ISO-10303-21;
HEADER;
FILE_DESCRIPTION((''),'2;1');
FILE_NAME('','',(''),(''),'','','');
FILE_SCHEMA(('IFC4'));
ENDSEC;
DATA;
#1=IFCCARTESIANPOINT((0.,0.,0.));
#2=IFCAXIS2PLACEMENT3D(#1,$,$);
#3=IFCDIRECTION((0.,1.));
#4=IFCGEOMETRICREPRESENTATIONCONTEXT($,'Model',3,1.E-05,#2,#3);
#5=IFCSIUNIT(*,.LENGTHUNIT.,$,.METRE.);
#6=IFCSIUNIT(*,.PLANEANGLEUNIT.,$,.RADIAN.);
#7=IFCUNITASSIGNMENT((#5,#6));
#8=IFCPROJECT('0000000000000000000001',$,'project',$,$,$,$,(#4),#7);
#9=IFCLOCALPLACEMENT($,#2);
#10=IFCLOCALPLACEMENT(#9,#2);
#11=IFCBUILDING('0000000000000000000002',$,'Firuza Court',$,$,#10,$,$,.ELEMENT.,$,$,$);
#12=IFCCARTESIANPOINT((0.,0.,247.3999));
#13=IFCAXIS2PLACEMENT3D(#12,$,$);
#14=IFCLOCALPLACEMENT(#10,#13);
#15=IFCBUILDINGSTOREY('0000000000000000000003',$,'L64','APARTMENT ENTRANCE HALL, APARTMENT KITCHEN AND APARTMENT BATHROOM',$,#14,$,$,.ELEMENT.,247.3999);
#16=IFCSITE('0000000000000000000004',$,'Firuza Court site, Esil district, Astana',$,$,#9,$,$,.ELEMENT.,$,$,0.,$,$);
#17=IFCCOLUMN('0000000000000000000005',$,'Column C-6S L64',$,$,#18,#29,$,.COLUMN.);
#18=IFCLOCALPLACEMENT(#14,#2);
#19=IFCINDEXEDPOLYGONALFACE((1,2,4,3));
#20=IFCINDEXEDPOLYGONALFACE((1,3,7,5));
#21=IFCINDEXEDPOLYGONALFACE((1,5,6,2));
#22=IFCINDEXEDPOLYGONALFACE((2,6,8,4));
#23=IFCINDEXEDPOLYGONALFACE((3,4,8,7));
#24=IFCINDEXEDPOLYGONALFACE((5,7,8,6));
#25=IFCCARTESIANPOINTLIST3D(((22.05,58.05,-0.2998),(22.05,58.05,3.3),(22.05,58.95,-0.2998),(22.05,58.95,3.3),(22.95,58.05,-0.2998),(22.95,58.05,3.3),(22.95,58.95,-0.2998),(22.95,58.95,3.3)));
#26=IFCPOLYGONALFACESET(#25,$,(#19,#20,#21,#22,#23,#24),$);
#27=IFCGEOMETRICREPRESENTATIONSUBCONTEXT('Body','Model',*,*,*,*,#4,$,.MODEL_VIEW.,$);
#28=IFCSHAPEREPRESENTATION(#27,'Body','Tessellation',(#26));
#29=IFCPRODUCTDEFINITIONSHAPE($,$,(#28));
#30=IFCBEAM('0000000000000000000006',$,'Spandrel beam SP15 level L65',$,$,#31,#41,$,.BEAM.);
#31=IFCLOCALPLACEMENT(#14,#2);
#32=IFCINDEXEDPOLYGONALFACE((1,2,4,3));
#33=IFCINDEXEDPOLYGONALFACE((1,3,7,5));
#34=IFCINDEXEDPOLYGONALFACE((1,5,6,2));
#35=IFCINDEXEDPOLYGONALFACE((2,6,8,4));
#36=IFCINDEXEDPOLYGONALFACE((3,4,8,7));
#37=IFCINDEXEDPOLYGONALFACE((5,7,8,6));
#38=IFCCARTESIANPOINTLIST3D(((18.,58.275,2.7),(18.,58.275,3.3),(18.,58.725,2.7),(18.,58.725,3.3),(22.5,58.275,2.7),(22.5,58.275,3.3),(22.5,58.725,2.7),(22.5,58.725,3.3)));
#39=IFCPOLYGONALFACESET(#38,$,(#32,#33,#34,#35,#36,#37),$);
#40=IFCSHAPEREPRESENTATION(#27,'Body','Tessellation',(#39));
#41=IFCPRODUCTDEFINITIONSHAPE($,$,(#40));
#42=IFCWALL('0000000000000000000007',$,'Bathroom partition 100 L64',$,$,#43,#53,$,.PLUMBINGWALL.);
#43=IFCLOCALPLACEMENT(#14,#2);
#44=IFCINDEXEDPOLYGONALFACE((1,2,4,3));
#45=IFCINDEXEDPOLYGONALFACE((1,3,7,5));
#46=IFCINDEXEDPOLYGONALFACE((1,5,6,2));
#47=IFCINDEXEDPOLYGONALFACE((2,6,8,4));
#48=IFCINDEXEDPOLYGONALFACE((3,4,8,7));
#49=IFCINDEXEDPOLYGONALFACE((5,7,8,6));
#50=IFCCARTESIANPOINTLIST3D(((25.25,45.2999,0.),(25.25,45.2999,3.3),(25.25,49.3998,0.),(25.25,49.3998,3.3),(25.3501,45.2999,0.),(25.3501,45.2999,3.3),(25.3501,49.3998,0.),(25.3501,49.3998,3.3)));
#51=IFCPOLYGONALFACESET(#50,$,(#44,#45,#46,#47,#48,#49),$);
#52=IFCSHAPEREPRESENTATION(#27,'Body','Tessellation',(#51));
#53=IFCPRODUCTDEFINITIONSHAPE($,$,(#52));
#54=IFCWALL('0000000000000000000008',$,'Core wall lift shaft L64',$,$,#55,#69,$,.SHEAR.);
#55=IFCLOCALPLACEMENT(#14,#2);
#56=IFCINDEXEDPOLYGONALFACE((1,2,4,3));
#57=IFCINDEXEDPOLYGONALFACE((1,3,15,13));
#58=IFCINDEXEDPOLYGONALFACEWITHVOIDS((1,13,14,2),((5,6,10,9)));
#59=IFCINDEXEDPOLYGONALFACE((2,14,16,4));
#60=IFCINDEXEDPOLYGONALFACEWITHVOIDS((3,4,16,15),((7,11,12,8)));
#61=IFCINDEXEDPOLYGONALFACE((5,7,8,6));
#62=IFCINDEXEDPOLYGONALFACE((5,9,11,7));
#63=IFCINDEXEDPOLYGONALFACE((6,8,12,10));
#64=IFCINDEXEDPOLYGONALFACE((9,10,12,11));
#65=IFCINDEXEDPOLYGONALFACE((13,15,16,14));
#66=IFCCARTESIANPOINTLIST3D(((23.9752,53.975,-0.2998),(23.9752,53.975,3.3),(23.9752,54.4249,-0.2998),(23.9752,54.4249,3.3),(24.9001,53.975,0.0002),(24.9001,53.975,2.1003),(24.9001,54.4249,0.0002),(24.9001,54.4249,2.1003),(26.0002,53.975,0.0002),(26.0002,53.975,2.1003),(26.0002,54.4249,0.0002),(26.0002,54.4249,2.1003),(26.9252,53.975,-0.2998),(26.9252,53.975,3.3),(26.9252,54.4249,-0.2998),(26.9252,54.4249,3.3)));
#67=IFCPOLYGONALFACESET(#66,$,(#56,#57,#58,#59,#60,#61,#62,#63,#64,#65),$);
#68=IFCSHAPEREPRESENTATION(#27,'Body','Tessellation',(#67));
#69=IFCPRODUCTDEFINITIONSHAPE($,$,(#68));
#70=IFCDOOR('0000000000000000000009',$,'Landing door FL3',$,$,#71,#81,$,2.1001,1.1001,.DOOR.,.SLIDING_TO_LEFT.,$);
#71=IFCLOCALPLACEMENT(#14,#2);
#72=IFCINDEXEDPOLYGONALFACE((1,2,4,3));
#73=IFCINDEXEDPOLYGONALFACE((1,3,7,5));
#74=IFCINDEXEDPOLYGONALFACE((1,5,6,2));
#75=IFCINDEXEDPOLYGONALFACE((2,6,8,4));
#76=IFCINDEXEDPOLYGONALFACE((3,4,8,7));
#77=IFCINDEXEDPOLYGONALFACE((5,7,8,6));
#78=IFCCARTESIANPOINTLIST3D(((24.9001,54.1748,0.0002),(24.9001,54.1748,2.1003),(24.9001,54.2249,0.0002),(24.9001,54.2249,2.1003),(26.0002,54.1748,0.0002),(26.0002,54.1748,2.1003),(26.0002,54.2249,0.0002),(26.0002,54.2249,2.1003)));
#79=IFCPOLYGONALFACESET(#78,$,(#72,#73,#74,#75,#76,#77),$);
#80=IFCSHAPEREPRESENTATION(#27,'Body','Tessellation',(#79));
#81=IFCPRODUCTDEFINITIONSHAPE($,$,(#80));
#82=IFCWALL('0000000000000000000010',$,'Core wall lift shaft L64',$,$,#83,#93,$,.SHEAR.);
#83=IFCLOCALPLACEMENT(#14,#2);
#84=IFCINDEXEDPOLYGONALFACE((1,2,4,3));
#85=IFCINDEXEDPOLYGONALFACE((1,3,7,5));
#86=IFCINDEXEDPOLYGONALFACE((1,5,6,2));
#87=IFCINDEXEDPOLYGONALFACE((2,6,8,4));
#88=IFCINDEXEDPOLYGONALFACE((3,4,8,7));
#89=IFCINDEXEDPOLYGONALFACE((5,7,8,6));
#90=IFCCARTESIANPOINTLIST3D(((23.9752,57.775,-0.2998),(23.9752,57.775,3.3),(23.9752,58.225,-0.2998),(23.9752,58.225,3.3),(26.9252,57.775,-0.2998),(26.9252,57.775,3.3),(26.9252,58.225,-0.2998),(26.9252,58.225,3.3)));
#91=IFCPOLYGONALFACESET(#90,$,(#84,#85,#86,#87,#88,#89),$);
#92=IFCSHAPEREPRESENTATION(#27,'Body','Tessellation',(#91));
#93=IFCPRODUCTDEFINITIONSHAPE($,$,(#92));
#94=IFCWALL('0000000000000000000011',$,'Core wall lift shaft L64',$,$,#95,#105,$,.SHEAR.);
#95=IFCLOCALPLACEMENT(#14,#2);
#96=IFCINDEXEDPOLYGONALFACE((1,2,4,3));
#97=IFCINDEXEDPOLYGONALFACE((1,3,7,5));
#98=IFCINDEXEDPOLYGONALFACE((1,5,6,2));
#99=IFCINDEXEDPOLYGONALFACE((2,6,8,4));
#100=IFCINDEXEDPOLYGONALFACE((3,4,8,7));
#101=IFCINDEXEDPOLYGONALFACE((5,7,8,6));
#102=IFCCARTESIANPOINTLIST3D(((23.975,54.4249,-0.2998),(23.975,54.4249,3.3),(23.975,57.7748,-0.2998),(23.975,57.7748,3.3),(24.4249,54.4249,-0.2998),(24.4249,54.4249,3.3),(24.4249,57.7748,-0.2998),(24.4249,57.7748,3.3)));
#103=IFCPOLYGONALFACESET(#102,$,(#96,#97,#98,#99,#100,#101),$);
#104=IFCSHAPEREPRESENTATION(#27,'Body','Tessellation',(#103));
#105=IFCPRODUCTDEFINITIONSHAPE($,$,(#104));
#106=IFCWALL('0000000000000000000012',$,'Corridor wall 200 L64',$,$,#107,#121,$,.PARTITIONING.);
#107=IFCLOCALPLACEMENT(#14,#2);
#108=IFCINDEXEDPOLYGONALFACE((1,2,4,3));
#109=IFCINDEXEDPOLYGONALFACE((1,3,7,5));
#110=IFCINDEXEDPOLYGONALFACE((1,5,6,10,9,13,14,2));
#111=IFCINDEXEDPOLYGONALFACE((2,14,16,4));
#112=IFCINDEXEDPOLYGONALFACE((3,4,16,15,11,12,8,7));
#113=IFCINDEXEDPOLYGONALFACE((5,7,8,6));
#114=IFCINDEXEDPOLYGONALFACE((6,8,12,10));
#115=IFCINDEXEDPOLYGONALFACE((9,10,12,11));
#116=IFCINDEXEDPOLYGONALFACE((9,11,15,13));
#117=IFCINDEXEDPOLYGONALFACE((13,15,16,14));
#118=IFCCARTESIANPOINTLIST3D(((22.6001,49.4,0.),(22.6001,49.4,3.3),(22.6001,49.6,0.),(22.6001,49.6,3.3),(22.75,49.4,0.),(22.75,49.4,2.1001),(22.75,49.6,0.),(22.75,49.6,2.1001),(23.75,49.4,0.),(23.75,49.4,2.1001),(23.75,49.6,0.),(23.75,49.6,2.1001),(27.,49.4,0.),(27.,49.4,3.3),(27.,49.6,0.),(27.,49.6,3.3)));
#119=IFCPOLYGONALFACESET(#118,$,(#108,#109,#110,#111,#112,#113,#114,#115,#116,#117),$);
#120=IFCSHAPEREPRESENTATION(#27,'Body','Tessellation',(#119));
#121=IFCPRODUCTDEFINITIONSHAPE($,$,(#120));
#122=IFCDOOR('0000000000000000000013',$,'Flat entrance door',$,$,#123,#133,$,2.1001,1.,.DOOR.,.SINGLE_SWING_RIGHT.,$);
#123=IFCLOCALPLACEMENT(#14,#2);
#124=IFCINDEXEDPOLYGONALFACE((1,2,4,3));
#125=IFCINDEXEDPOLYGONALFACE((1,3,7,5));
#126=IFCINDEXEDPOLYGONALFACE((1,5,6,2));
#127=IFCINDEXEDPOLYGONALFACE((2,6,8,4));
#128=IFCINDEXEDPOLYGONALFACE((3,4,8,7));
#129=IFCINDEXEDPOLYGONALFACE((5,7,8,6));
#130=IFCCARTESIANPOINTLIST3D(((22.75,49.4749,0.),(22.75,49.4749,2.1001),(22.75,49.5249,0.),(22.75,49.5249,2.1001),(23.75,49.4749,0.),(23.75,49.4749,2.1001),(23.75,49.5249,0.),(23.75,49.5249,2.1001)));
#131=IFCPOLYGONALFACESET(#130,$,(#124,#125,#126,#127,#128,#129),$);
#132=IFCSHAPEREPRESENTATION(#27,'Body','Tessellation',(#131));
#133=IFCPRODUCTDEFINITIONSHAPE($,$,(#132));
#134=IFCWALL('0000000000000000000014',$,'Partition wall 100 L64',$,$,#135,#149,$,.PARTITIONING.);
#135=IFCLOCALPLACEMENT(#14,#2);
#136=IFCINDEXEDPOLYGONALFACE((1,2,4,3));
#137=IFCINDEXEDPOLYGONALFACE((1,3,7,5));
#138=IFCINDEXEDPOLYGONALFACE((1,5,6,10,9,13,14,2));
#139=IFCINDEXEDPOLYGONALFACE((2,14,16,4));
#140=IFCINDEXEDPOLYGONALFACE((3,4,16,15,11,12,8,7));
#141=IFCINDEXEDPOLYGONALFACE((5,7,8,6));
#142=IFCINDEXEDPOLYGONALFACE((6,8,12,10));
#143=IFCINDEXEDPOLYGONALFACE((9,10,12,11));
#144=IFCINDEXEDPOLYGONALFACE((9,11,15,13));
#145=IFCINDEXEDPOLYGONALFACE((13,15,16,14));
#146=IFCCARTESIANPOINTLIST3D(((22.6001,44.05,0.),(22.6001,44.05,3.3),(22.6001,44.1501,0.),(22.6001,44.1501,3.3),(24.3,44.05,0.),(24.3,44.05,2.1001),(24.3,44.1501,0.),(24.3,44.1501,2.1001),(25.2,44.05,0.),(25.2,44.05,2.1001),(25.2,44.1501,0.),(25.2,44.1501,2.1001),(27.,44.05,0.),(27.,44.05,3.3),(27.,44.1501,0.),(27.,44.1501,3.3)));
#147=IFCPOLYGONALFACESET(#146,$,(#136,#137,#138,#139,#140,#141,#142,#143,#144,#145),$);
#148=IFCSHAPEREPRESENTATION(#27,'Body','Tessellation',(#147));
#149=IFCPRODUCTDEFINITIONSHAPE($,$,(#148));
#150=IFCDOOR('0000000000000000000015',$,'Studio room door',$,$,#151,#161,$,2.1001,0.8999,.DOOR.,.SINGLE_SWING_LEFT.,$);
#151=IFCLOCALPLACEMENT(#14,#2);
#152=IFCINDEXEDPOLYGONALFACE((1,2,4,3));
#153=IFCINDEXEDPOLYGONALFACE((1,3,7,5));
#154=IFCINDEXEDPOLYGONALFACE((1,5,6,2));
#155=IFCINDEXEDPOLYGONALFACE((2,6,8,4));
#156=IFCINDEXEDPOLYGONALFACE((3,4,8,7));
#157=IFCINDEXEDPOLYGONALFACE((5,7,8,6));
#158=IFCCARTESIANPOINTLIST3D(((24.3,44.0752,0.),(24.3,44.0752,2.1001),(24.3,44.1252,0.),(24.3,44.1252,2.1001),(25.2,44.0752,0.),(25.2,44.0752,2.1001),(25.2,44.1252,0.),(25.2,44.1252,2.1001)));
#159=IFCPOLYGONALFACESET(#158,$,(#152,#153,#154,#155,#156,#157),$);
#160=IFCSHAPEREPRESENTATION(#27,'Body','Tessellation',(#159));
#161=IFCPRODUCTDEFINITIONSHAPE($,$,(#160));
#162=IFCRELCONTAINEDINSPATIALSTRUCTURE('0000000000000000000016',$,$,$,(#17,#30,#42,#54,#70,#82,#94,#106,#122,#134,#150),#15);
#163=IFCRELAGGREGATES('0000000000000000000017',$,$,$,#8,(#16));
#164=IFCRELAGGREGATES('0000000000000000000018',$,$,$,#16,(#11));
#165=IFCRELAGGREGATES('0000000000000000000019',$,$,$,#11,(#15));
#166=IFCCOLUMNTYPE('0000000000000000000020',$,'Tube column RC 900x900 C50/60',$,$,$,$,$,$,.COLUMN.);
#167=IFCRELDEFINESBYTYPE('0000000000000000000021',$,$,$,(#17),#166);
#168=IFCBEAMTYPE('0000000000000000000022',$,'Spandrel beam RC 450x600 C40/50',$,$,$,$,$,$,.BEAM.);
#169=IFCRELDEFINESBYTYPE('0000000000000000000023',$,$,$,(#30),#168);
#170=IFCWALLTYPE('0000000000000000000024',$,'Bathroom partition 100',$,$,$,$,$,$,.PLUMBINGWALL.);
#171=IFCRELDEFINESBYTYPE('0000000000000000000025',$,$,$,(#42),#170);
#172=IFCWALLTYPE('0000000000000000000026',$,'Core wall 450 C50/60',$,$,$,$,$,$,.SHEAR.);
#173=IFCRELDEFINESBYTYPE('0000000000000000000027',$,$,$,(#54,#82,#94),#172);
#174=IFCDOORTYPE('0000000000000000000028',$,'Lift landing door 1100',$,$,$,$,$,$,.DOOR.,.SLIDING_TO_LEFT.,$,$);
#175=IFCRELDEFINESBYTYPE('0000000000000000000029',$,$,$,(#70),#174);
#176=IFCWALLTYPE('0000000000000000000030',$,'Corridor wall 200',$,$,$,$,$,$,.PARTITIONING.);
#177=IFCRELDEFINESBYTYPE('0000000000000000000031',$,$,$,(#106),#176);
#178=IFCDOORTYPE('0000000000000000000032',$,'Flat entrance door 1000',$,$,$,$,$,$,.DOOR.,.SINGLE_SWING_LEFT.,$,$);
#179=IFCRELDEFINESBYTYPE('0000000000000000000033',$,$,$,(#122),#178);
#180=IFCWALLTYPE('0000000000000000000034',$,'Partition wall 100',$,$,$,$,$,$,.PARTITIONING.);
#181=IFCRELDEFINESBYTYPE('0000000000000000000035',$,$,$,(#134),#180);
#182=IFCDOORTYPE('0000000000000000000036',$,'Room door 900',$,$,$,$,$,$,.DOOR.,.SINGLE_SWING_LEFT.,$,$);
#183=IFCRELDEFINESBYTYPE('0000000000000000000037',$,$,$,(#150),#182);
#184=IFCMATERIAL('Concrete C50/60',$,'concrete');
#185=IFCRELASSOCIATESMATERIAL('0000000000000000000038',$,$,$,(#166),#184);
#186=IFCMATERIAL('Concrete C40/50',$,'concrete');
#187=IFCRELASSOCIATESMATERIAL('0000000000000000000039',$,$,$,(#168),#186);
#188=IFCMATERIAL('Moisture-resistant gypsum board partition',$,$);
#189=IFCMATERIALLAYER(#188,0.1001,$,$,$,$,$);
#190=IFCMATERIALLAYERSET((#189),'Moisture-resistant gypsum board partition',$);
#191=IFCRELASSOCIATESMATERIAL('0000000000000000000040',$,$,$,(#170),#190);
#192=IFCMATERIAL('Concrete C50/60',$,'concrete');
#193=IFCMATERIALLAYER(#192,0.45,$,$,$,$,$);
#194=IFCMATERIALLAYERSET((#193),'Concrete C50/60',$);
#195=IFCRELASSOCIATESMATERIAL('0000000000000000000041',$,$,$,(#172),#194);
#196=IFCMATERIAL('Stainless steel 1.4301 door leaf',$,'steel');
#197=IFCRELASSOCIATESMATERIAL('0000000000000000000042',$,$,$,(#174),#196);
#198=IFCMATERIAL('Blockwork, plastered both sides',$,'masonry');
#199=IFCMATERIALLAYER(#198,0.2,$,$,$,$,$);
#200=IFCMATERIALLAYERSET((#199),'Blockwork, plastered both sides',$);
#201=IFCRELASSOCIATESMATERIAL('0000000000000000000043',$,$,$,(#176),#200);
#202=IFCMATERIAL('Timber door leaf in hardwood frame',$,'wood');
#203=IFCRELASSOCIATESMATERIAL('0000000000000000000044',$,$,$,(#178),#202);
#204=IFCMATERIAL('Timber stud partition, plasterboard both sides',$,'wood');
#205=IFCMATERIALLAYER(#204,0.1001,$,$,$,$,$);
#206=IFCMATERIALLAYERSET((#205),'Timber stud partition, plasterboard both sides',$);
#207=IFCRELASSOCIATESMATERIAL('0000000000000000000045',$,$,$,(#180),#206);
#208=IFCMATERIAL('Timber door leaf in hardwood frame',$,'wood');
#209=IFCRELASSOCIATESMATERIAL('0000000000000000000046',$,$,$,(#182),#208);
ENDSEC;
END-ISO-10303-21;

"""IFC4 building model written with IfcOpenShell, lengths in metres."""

from ifc_helpers import new_model, si_unit, direction, frame, frame_2d, origin, origin_2d, place, context, subcontext, project, spatial, rectangle, extrude, material, layer, layer_set, material_profile, profile_set, type_object, element, fill, save


model = new_model("IFC4")

# Units and contexts
model_context = context("Model", 3, precision=1e-05, world=origin(), true_north=direction((0.0, 1.0)))
body_context = subcontext(model_context, "Body", "Model", "MODEL_VIEW")
ifc_project = project(units=[si_unit("LENGTHUNIT", "METRE"), si_unit("PLANEANGLEUNIT", "RADIAN")], contexts=[model_context])

# Site, building, storey
site_placement = place(None, origin())
site = spatial("IfcSite", under=ifc_project, at=site_placement, Name="Firuza Court site, Esil district, Astana", CompositionType="ELEMENT", RefElevation=0.0)
building_placement = place(site_placement, origin())
building = spatial("IfcBuilding", under=site, at=building_placement, Name="Firuza Court", CompositionType="ELEMENT")
storey_placement = place(building_placement, frame((0.0, 0.0, 247.3999)))
storey = spatial("IfcBuildingStorey", under=building, at=storey_placement, Name="L64", Description="APARTMENT ENTRANCE HALL, APARTMENT KITCHEN AND APARTMENT BATHROOM", CompositionType="ELEMENT", Elevation=247.3999)

# Column
ifc_material_1 = material(Name="Concrete C50/60", Category="concrete")
ifc_material_profile_1 = material_profile(ifc_material_1, rectangle(XDim=0.8999, YDim=0.8999, at=origin_2d()), Name="RC 900x900")
ifc_profile_set_1 = profile_set([ifc_material_profile_1], Name="Concrete C50/60")
column_type = type_object("IfcColumnType", Name="Tube column RC 900x900 C50/60", PredefinedType="COLUMN", material=ifc_profile_set_1)
column_placement = place(storey_placement, frame((22.5, 58.5, -0.2998), z_axis=(0.0, 0.0, 1.0), x_axis=(1.0, 0.0, 0.0)))
element("IfcColumn", 1, at=column_placement, inside=storey, type_object=column_type, Name="Column C-6S L64", PredefinedType="COLUMN", context=body_context, shape_type="SweptSolid", body=[
    extrude(rectangle(XDim=0.8999, YDim=0.8999, at=origin_2d()), origin(), (0.0, 0.0, 1.0), 3.5999),
])

# Beam
ifc_material_2 = material(Name="Concrete C40/50", Category="concrete")
ifc_material_profile_2 = material_profile(ifc_material_2, rectangle(XDim=0.45, YDim=0.6001, at=origin_2d()), Name="RC 450x600")
ifc_profile_set_2 = profile_set([ifc_material_profile_2], Name="Concrete C40/50")
beam_type = type_object("IfcBeamType", Name="Spandrel beam RC 450x600 C40/50", PredefinedType="BEAM", material=ifc_profile_set_2)
beam_placement = place(storey_placement, frame((22.5, 58.5, 3.0), z_axis=(-1.0, 0.0, 0.0), x_axis=(0.0, -1.0, 0.0)))
element("IfcBeam", 2, at=beam_placement, inside=storey, type_object=beam_type, Name="Spandrel beam SP15 level L65", PredefinedType="BEAM", context=body_context, shape_type="SweptSolid", body=[
    extrude(rectangle(XDim=0.45, YDim=0.6001, at=origin_2d()), origin(), (0.0, 0.0, 1.0), 4.5),
])

# Wall
ifc_material_3 = material(Name="Moisture-resistant gypsum board partition")
ifc_layer_1 = layer(ifc_material_3, 0.1001)
ifc_layer_set_1 = layer_set([ifc_layer_1], Name="Moisture-resistant gypsum board partition")
wall_type_1 = type_object("IfcWallType", Name="Bathroom partition 100", PredefinedType="PLUMBINGWALL", material=ifc_layer_set_1)
wall_1_placement = place(storey_placement, frame((25.3, 45.3, 0.0), z_axis=(0.0, 0.0, 1.0), x_axis=(0.0, 1.0, 0.0)))
element("IfcWall", 3, at=wall_1_placement, inside=storey, type_object=wall_type_1, Name="Bathroom partition 100 L64", PredefinedType="PLUMBINGWALL", context=body_context, shape_type="SweptSolid", body=[
    extrude(rectangle(XDim=4.0999, YDim=0.1001, at=frame_2d((2.0498, 0.0))), origin(), (0.0, 0.0, 1.0), 3.3),
])

# Wall, opening, door
ifc_material_4 = material(Name="Concrete C50/60", Category="concrete")
ifc_layer_2 = layer(ifc_material_4, 0.45)
ifc_layer_set_2 = layer_set([ifc_layer_2], Name="Concrete C50/60")
wall_type_2 = type_object("IfcWallType", Name="Core wall 450 C50/60", PredefinedType="SHEAR", material=ifc_layer_set_2)
wall_2_placement = place(storey_placement, frame((23.9751, 54.2, -0.2998), z_axis=(0.0, 0.0, 1.0), x_axis=(1.0, 0.0, 0.0)))
wall_2 = element("IfcWall", 4, at=wall_2_placement, inside=storey, type_object=wall_type_2, Name="Core wall lift shaft L64", PredefinedType="SHEAR", context=body_context, shape_type="SweptSolid", body=[
    extrude(rectangle(XDim=2.95, YDim=0.45, at=frame_2d((1.4751, 0.0))), origin(), (0.0, 0.0, 1.0), 3.5999),
])
opening_1_placement = place(wall_2_placement, frame((0.925, 0.0, 0.3)))
opening_1 = element("IfcOpeningElement", 5, at=opening_1_placement, cuts=wall_2, PredefinedType="OPENING", context=body_context, shape_type="SweptSolid", body=[
    extrude(rectangle(XDim=1.1001, YDim=2.1001, at=frame_2d((0.55, 1.05))), frame((0.0, 0.2368, 0.0), z_axis=(0.0, -1.0, 0.0), x_axis=(1.0, 0.0, 0.0)), (0.0, 0.0, 1.0), 0.4739),
])
ifc_material_5 = material(Name="Stainless steel 1.4301 door leaf", Category="steel")
door_type_1 = type_object("IfcDoorType", Name="Lift landing door 1100", OperationType="SLIDING_TO_LEFT", PredefinedType="DOOR", material=ifc_material_5)
door_1_placement = place(opening_1_placement, origin())
door_1 = element("IfcDoor", 6, at=door_1_placement, inside=storey, type_object=door_type_1, Name="Landing door FL3", OperationType="SLIDING_TO_LEFT", OverallHeight=2.1001, OverallWidth=1.1001, PredefinedType="DOOR", context=body_context, shape_type="SweptSolid", body=[
    extrude(rectangle(XDim=1.1001, YDim=2.1001, at=frame_2d((0.55, 1.05))), frame((0.0, 0.0249, 0.0), z_axis=(0.0, -1.0, 0.0), x_axis=(1.0, 0.0, 0.0)), (0.0, 0.0, 1.0), 0.05),
])
fill(opening_1, door_1)

# Walls
wall_3_placement = place(storey_placement, frame((23.9751, 58.0, -0.2998), z_axis=(0.0, 0.0, 1.0), x_axis=(1.0, 0.0, 0.0)))
element("IfcWall", 7, at=wall_3_placement, inside=storey, type_object=wall_type_2, Name="Core wall lift shaft L64", PredefinedType="SHEAR", context=body_context, shape_type="SweptSolid", body=[
    extrude(rectangle(XDim=2.95, YDim=0.45, at=frame_2d((1.4751, 0.0))), origin(), (0.0, 0.0, 1.0), 3.5999),
])
wall_4_placement = place(storey_placement, frame((24.2, 54.425, -0.2998), z_axis=(0.0, 0.0, 1.0), x_axis=(0.0, 1.0, 0.0)))
element("IfcWall", 8, at=wall_4_placement, inside=storey, type_object=wall_type_2, Name="Core wall lift shaft L64", PredefinedType="SHEAR", context=body_context, shape_type="SweptSolid", body=[
    extrude(rectangle(XDim=3.3499, YDim=0.45, at=frame_2d((1.6748, 0.0))), origin(), (0.0, 0.0, 1.0), 3.5999),
])

# Walls, openings, doors
ifc_material_6 = material(Name="Blockwork, plastered both sides", Category="masonry")
ifc_layer_3 = layer(ifc_material_6, 0.2)
ifc_layer_set_3 = layer_set([ifc_layer_3], Name="Blockwork, plastered both sides")
wall_type_3 = type_object("IfcWallType", Name="Corridor wall 200", PredefinedType="PARTITIONING", material=ifc_layer_set_3)
wall_5_placement = place(storey_placement, frame((22.6001, 49.5, 0.0), z_axis=(0.0, 0.0, 1.0), x_axis=(1.0, 0.0, 0.0)))
wall_5 = element("IfcWall", 9, at=wall_5_placement, inside=storey, type_object=wall_type_3, Name="Corridor wall 200 L64", PredefinedType="PARTITIONING", context=body_context, shape_type="SweptSolid", body=[
    extrude(rectangle(XDim=4.3999, YDim=0.2, at=frame_2d((2.2, 0.0))), origin(), (0.0, 0.0, 1.0), 3.3),
])
opening_2_placement = place(wall_5_placement, frame((0.1499, 0.0, 0.0)))
opening_2 = element("IfcOpeningElement", 10, at=opening_2_placement, cuts=wall_5, PredefinedType="OPENING", context=body_context, shape_type="SweptSolid", body=[
    extrude(rectangle(XDim=1.0, YDim=2.1001, at=frame_2d((0.5, 1.05))), frame((0.0, 0.1118, 0.0), z_axis=(0.0, -1.0, 0.0), x_axis=(1.0, 0.0, 0.0)), (0.0, 0.0, 1.0), 0.2239),
])
ifc_material_7 = material(Name="Timber door leaf in hardwood frame", Category="wood")
door_type_2 = type_object("IfcDoorType", Name="Flat entrance door 1000", OperationType="SINGLE_SWING_LEFT", PredefinedType="DOOR", material=ifc_material_7)
door_2_placement = place(opening_2_placement, origin())
door_2 = element("IfcDoor", 11, at=door_2_placement, inside=storey, type_object=door_type_2, Name="Flat entrance door", OperationType="SINGLE_SWING_RIGHT", OverallHeight=2.1001, OverallWidth=1.0, PredefinedType="DOOR", context=body_context, shape_type="SweptSolid", body=[
    extrude(rectangle(XDim=1.0, YDim=2.1001, at=frame_2d((0.5, 1.05))), frame((0.0, 0.0249, 0.0), z_axis=(0.0, -1.0, 0.0), x_axis=(1.0, 0.0, 0.0)), (0.0, 0.0, 1.0), 0.05),
])
fill(opening_2, door_2)
ifc_material_8 = material(Name="Timber stud partition, plasterboard both sides", Category="wood")
ifc_layer_4 = layer(ifc_material_8, 0.1001)
ifc_layer_set_4 = layer_set([ifc_layer_4], Name="Timber stud partition, plasterboard both sides")
wall_type_4 = type_object("IfcWallType", Name="Partition wall 100", PredefinedType="PARTITIONING", material=ifc_layer_set_4)
wall_6_placement = place(storey_placement, frame((22.6001, 44.1001, 0.0), z_axis=(0.0, 0.0, 1.0), x_axis=(1.0, 0.0, 0.0)))
wall_6 = element("IfcWall", 12, at=wall_6_placement, inside=storey, type_object=wall_type_4, Name="Partition wall 100 L64", PredefinedType="PARTITIONING", context=body_context, shape_type="SweptSolid", body=[
    extrude(rectangle(XDim=4.3999, YDim=0.1001, at=frame_2d((2.2, 0.0))), origin(), (0.0, 0.0, 1.0), 3.3),
])
opening_3_placement = place(wall_6_placement, frame((1.7, 0.0, 0.0)))
opening_3 = element("IfcOpeningElement", 13, at=opening_3_placement, cuts=wall_6, PredefinedType="OPENING", context=body_context, shape_type="SweptSolid", body=[
    extrude(rectangle(XDim=0.8999, YDim=2.1001, at=frame_2d((0.45, 1.05))), frame((0.0, 0.062, 0.0), z_axis=(0.0, -1.0, 0.0), x_axis=(1.0, 0.0, 0.0)), (0.0, 0.0, 1.0), 0.124),
])
ifc_material_9 = material(Name="Timber door leaf in hardwood frame", Category="wood")
door_type_3 = type_object("IfcDoorType", Name="Room door 900", OperationType="SINGLE_SWING_LEFT", PredefinedType="DOOR", material=ifc_material_9)
door_3_placement = place(opening_3_placement, frame((0.8999, 0.0, 0.0), z_axis=(0.0, 0.0, 1.0), x_axis=(-1.0, 0.0, 0.0)))
door_3 = element("IfcDoor", 14, at=door_3_placement, inside=storey, type_object=door_type_3, Name="Studio room door", OperationType="SINGLE_SWING_LEFT", OverallHeight=2.1001, OverallWidth=0.8999, PredefinedType="DOOR", context=body_context, shape_type="SweptSolid", body=[
    extrude(rectangle(XDim=0.8999, YDim=2.1001, at=frame_2d((0.45, 1.05))), frame((0.0, 0.0249, 0.0), z_axis=(0.0, -1.0, 0.0), x_axis=(1.0, 0.0, 0.0)), (0.0, 0.0, 1.0), 0.05),
])
fill(opening_3, door_3)

save(model, "model.ifc")
